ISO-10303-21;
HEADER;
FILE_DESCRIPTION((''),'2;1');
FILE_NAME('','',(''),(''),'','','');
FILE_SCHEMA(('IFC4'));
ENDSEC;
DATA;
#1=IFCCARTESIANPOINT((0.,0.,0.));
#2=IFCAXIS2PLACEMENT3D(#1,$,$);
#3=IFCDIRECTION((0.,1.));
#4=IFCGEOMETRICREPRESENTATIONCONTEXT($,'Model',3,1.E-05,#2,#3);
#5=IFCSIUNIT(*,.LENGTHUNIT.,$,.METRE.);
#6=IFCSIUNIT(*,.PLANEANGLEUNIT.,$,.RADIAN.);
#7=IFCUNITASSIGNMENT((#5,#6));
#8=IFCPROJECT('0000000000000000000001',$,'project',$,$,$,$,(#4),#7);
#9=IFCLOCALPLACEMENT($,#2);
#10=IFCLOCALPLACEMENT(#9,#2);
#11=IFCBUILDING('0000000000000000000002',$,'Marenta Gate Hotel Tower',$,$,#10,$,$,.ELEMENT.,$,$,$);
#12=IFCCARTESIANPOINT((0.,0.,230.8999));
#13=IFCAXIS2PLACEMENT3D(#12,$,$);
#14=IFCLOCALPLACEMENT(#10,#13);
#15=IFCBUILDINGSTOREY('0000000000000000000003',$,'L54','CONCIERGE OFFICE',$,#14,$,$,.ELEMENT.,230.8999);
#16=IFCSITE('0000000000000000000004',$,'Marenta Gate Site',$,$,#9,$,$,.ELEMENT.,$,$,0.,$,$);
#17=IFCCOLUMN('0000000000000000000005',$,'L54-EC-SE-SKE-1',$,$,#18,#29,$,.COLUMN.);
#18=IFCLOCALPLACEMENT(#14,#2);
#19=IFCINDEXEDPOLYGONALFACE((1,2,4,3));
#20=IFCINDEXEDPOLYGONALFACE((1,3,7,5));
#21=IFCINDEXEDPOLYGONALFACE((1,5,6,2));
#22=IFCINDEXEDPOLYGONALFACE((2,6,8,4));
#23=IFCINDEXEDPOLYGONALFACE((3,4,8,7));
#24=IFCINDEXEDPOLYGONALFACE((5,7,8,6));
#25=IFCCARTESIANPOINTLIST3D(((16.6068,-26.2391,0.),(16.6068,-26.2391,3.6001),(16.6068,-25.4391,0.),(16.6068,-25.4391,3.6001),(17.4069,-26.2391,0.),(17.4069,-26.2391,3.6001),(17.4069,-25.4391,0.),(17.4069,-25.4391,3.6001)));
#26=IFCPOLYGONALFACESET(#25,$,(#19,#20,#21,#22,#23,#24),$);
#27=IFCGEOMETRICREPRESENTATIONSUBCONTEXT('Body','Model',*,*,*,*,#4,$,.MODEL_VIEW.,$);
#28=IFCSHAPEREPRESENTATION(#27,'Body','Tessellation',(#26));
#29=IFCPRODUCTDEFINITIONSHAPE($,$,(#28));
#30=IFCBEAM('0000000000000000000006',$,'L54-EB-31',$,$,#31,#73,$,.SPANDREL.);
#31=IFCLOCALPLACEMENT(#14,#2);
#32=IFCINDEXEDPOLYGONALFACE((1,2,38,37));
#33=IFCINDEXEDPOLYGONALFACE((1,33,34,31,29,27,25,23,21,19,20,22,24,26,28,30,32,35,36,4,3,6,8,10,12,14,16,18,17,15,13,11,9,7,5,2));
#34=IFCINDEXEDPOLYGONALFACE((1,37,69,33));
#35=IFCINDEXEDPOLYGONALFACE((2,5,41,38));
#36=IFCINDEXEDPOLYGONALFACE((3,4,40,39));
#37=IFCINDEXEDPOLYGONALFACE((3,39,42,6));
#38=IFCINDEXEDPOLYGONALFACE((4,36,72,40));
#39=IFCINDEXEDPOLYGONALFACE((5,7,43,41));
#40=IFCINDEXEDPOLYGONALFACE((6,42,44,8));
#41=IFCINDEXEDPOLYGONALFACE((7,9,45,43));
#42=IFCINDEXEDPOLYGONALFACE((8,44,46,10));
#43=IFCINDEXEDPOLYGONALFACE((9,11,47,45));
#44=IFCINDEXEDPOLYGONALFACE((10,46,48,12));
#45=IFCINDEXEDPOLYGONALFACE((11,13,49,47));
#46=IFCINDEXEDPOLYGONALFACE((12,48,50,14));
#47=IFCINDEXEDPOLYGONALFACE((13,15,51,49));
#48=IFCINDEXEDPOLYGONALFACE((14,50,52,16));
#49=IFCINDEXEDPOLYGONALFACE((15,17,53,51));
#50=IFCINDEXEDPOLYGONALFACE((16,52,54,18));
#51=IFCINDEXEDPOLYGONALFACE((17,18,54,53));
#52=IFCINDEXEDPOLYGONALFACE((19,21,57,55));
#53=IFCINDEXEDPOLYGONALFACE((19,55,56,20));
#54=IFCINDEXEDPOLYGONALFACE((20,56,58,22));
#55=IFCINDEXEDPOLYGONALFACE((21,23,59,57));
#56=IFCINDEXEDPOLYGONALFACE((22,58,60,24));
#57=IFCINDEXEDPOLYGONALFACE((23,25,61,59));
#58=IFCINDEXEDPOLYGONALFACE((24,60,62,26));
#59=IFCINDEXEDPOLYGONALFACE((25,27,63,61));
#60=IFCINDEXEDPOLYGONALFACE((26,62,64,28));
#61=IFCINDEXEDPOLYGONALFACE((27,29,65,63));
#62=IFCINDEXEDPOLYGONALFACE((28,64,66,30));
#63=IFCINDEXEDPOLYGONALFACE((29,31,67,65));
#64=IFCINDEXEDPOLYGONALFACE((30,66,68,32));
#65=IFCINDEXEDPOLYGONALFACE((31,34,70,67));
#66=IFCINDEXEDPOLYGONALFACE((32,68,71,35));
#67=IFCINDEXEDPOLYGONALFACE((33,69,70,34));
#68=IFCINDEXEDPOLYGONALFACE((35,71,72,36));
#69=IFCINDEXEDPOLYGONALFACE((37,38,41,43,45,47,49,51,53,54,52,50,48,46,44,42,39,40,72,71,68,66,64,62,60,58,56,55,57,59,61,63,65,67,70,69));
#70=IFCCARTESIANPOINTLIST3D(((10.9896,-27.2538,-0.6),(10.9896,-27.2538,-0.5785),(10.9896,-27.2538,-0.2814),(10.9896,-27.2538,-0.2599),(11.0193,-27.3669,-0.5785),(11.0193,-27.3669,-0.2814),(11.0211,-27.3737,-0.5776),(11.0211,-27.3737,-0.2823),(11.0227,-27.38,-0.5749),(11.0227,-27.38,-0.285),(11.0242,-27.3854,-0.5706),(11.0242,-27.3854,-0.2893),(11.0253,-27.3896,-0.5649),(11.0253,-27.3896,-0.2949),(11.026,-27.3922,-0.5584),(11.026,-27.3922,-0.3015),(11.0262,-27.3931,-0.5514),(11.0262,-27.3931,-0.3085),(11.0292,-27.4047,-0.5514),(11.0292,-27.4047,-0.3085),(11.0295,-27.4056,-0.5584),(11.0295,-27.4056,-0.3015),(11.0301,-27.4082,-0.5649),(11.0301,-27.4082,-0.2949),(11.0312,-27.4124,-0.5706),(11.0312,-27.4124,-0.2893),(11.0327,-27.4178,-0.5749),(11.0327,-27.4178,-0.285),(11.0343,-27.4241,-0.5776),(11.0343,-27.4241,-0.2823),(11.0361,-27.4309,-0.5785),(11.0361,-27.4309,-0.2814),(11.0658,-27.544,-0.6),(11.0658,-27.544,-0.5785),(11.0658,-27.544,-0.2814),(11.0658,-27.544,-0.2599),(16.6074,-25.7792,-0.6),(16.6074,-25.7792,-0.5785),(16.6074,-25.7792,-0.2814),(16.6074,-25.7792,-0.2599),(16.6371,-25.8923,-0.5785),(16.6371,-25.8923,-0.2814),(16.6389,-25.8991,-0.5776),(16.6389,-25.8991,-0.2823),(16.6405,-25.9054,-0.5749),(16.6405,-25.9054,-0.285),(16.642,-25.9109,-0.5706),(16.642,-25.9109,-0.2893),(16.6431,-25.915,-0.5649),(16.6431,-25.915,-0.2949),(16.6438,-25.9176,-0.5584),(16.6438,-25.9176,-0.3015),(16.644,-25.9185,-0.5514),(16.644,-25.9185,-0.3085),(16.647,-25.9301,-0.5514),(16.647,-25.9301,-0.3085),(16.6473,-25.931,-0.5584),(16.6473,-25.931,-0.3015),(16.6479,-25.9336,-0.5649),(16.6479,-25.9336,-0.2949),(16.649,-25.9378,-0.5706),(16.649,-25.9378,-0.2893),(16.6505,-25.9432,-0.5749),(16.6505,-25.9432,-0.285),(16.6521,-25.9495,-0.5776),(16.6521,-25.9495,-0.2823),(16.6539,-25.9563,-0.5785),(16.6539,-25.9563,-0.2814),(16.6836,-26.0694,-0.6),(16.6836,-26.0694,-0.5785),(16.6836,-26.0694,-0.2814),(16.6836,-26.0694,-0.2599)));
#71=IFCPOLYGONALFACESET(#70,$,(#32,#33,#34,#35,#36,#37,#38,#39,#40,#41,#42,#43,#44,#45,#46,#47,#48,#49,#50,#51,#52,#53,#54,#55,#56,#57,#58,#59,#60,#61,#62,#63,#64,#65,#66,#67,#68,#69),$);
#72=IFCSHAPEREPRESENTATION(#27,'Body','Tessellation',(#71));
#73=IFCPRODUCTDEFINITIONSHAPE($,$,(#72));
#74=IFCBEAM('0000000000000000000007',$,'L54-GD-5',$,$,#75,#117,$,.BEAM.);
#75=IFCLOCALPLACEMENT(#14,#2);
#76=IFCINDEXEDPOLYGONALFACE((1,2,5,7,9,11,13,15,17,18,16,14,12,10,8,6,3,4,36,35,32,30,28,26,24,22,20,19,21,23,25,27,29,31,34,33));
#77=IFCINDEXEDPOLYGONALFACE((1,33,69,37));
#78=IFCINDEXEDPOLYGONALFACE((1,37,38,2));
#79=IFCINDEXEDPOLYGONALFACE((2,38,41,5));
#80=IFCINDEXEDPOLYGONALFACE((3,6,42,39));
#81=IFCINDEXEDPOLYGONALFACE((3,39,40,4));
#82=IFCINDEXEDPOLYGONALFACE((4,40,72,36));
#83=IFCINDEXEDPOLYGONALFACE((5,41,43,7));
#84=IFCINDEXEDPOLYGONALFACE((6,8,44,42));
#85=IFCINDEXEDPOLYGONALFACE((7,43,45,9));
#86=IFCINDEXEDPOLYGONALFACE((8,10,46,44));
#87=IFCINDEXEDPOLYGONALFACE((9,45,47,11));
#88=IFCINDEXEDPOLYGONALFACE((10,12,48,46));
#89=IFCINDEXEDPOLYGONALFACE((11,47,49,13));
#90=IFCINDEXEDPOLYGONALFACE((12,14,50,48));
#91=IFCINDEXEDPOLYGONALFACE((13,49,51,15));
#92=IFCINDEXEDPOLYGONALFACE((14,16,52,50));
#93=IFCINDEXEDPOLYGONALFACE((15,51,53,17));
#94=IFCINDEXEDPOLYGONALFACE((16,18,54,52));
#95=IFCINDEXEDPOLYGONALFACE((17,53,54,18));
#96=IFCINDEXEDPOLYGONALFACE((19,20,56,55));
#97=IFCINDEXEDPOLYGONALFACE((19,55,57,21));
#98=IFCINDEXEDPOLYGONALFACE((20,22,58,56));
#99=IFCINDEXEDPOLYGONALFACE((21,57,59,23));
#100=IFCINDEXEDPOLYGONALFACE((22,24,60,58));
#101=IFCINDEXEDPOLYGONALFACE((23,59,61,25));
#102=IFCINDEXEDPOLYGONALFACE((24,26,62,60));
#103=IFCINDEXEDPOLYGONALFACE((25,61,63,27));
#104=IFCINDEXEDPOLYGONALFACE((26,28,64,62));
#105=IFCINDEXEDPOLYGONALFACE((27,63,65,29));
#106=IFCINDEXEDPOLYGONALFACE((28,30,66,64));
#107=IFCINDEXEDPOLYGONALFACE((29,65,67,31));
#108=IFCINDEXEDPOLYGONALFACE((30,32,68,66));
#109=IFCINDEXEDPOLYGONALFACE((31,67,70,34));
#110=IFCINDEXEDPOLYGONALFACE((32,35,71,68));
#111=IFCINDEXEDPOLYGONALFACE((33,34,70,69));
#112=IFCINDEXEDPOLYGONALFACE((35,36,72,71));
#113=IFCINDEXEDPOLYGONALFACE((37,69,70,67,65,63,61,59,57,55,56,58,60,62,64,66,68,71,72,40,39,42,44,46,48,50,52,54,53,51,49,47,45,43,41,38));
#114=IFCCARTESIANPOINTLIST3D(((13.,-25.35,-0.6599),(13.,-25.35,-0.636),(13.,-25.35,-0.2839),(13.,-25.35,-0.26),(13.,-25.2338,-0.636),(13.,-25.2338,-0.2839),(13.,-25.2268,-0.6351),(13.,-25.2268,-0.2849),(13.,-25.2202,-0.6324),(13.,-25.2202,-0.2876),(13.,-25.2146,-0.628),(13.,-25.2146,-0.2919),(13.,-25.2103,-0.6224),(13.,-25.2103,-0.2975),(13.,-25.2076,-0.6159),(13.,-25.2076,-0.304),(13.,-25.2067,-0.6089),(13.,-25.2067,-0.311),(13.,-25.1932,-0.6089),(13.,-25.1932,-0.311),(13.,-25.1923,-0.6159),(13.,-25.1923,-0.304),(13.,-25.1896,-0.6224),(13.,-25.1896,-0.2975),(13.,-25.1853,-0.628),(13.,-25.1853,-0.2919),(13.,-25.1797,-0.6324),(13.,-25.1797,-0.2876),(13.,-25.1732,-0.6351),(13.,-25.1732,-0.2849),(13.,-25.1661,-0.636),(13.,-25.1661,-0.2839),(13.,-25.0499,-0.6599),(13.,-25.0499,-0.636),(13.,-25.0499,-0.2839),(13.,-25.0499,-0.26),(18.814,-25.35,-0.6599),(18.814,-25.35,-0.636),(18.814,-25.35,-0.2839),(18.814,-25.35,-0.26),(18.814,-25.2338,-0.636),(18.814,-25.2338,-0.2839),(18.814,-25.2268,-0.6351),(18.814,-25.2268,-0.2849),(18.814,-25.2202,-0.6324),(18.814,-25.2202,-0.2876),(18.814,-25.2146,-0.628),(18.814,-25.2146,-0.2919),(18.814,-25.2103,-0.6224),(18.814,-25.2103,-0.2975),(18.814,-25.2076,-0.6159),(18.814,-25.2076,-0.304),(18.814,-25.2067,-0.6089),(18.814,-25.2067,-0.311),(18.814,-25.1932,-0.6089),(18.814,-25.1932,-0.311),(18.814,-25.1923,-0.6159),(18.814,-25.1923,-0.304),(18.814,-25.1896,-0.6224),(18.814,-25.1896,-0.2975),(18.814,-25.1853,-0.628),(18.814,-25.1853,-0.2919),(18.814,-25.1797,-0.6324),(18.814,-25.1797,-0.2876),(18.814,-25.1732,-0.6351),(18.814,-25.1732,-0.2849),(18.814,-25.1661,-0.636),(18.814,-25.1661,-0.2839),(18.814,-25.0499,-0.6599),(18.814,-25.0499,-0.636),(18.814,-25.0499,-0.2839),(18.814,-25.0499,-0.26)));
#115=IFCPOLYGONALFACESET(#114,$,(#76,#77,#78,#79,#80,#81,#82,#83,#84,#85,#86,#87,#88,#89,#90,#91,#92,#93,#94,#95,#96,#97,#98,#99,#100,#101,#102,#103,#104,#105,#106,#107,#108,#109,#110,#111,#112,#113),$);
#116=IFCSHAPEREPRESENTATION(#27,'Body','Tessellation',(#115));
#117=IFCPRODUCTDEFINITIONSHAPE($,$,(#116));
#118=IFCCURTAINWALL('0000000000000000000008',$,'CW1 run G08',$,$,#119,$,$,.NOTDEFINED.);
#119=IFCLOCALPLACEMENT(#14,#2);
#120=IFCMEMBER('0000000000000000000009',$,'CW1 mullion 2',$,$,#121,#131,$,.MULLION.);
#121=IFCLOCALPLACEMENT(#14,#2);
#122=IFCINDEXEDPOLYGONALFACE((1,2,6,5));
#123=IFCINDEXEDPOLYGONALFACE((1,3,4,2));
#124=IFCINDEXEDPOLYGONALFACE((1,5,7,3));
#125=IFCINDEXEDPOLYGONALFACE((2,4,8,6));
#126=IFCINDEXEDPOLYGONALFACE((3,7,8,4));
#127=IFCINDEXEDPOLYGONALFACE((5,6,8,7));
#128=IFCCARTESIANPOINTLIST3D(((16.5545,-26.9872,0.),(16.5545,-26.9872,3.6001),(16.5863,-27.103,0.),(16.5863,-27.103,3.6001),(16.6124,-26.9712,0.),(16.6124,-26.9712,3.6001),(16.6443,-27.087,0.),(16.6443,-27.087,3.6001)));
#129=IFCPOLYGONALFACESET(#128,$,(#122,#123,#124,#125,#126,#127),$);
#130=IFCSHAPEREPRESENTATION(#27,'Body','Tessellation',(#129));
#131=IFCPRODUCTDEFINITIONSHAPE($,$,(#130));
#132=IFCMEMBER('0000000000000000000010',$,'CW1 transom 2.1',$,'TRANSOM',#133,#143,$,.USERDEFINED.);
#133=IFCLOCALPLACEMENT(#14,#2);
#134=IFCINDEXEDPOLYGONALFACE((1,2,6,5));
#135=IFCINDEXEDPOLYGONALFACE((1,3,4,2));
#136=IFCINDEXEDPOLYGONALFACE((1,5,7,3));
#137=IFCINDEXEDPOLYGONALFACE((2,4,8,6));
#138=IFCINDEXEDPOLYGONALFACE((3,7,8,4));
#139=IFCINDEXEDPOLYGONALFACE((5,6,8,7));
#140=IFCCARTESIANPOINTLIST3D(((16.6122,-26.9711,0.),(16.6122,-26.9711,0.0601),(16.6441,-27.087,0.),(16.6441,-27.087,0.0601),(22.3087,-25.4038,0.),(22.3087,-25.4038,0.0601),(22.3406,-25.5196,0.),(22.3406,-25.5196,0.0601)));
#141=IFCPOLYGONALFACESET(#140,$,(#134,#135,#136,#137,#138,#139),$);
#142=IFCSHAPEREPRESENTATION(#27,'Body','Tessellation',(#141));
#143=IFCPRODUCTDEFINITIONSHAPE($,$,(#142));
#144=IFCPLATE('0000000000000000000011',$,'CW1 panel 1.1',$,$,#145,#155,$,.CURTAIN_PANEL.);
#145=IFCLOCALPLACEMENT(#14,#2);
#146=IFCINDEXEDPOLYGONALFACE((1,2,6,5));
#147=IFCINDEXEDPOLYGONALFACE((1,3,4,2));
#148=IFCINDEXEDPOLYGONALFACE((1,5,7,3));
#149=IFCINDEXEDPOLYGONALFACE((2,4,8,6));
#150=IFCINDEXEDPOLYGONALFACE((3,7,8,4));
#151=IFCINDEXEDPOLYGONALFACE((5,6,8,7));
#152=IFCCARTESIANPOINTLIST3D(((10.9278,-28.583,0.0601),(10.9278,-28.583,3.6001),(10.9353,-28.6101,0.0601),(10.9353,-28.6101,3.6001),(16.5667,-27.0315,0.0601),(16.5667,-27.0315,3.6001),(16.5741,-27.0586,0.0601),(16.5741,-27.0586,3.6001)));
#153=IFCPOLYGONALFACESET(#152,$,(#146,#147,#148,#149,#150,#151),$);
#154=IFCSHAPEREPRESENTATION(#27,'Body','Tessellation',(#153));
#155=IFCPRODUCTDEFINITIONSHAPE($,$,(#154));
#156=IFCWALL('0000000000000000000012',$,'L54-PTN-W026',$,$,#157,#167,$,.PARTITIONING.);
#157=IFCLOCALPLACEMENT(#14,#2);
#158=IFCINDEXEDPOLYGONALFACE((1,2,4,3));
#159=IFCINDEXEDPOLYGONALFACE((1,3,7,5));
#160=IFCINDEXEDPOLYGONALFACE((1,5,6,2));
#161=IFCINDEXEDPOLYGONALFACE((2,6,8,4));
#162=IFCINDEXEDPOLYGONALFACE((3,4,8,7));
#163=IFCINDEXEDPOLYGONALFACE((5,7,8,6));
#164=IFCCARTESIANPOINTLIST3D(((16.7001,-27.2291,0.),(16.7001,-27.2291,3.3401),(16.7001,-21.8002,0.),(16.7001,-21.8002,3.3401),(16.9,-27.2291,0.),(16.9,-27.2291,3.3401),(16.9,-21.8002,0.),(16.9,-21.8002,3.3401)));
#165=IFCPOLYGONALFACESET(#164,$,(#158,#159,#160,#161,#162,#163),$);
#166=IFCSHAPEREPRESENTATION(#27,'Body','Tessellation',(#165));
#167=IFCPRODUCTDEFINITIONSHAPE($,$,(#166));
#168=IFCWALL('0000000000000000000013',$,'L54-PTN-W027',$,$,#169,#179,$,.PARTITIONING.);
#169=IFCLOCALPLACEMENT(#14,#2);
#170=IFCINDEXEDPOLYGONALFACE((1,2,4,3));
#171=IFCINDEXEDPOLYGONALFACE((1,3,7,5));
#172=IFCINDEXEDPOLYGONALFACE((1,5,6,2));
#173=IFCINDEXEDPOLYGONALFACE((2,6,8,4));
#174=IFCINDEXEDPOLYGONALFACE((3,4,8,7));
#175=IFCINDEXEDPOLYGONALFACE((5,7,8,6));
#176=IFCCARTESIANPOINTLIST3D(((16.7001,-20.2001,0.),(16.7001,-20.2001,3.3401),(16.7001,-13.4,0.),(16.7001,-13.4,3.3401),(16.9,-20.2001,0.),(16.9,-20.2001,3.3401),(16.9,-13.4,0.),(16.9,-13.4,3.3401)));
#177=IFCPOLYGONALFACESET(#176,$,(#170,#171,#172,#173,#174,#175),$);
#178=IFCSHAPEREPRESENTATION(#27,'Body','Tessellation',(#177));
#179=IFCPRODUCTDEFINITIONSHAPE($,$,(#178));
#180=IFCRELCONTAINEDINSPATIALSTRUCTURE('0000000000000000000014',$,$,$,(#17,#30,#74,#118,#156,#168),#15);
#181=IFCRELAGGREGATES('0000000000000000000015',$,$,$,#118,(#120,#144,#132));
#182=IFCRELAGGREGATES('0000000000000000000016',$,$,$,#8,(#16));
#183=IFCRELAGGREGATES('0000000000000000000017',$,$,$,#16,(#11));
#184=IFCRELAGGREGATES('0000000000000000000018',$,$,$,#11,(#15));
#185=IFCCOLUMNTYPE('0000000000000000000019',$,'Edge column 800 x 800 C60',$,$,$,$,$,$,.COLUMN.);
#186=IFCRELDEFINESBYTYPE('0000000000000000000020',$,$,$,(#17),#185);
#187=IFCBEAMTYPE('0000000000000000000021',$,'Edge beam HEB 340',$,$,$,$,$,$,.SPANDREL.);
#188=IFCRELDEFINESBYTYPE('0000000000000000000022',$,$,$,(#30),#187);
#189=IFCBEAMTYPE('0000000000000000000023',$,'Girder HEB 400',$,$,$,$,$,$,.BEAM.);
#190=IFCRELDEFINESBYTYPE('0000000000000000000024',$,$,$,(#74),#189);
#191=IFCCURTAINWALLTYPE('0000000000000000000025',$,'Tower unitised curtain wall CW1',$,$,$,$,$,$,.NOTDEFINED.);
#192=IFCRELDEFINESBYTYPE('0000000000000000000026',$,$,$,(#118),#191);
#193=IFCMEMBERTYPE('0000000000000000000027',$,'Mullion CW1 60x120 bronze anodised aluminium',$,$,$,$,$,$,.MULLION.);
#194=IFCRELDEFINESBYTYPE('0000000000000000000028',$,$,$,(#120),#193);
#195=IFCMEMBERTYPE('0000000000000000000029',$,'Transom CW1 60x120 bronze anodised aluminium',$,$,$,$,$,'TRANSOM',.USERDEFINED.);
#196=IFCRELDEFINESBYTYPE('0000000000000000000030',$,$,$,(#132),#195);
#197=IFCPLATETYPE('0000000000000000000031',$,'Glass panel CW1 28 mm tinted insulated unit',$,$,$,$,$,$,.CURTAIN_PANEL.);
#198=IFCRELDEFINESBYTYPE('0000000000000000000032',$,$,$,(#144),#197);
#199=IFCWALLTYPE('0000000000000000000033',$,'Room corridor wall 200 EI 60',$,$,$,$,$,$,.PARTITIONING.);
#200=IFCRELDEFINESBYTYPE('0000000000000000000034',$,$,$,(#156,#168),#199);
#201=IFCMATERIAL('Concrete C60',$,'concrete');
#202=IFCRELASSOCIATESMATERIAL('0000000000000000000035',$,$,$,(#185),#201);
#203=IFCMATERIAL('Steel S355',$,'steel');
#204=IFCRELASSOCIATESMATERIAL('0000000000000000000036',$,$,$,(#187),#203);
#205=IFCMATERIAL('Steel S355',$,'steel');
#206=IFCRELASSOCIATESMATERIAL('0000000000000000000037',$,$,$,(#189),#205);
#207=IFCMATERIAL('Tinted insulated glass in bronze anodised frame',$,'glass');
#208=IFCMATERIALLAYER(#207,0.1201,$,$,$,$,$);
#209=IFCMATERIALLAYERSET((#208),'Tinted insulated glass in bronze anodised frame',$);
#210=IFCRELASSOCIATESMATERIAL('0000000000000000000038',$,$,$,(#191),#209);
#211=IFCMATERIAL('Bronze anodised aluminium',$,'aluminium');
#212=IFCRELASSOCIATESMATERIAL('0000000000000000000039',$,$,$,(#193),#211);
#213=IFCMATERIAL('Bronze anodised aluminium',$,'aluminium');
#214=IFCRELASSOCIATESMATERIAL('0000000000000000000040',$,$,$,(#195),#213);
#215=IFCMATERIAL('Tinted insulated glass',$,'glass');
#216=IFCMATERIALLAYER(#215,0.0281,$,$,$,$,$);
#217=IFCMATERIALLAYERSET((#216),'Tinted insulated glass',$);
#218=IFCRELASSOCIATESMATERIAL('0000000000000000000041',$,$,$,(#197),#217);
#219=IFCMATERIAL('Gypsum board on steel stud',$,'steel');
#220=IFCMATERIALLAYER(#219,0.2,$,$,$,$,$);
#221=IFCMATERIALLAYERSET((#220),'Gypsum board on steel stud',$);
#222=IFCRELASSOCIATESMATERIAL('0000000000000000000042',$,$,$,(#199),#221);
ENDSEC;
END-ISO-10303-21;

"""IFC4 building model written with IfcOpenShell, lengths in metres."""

from ifc_helpers import new_model, si_unit, direction, frame, frame_2d, origin, origin_2d, place, context, subcontext, project, spatial, rectangle, i_section, extrude, material, layer, layer_set, material_profile, profile_set, type_object, element, aggregate, save


model = new_model("IFC4")

# Units and contexts
model_context = context("Model", 3, precision=1e-05, world=origin(), true_north=direction((0.0, 1.0)))
body_context = subcontext(model_context, "Body", "Model", "MODEL_VIEW")
ifc_project = project(units=[si_unit("LENGTHUNIT", "METRE"), si_unit("PLANEANGLEUNIT", "RADIAN")], contexts=[model_context])

# Site, building, storey
site_placement = place(None, origin())
site = spatial("IfcSite", under=ifc_project, at=site_placement, Name="Marenta Gate Site", CompositionType="ELEMENT", RefElevation=0.0)
building_placement = place(site_placement, origin())
building = spatial("IfcBuilding", under=site, at=building_placement, Name="Marenta Gate Hotel Tower", CompositionType="ELEMENT")
storey_placement = place(building_placement, frame((0.0, 0.0, 230.8999)))
storey = spatial("IfcBuildingStorey", under=building, at=storey_placement, Name="L54", Description="CONCIERGE OFFICE", CompositionType="ELEMENT", Elevation=230.8999)

# Column
ifc_material_1 = material(Name="Concrete C60", Category="concrete")
ifc_material_profile_1 = material_profile(ifc_material_1, rectangle(XDim=0.8, YDim=0.8, at=origin_2d()), Name="800 x 800")
ifc_profile_set_1 = profile_set([ifc_material_profile_1], Name="Concrete C60")
column_type = type_object("IfcColumnType", Name="Edge column 800 x 800 C60", PredefinedType="COLUMN", material=ifc_profile_set_1)
column_placement = place(storey_placement, frame((17.0068, -25.8391, 0.0), z_axis=(0.0, 0.0, 1.0), x_axis=(1.0, 0.0, 0.0)))
element("IfcColumn", 1, at=column_placement, inside=storey, type_object=column_type, Name="L54-EC-SE-SKE-1", PredefinedType="COLUMN", context=body_context, shape_type="SweptSolid", body=[
    extrude(rectangle(XDim=0.8, YDim=0.8, at=origin_2d()), origin(), (0.0, 0.0, 1.0), 3.6001),
])

# Beams
ifc_material_2 = material(Name="Steel S355", Category="steel")
ifc_material_profile_2 = material_profile(ifc_material_2, i_section(OverallWidth=0.3, OverallDepth=0.3401, WebThickness=0.012, FlangeThickness=0.0215, FilletRadius=0.0271, at=origin_2d()), Name="HEB 340")
ifc_profile_set_2 = profile_set([ifc_material_profile_2], Name="Steel S355")
beam_type_1 = type_object("IfcBeamType", Name="Edge beam HEB 340", PredefinedType="SPANDREL", material=ifc_profile_set_2)
beam_1_placement = place(storey_placement, frame((16.6455, -25.9243, -0.4299), z_axis=(-0.967235, -0.253883, 0.0), x_axis=(0.253883, -0.967235, 0.0)))
element("IfcBeam", 2, at=beam_1_placement, inside=storey, type_object=beam_type_1, Name="L54-EB-31", PredefinedType="SPANDREL", context=body_context, shape_type="SweptSolid", body=[
    extrude(i_section(OverallWidth=0.3, OverallDepth=0.3401, WebThickness=0.012, FlangeThickness=0.0215, FilletRadius=0.0271, at=origin_2d()), origin(), (0.0, 0.0, 1.0), 5.8081),
])
ifc_material_3 = material(Name="Steel S355", Category="steel")
ifc_material_profile_3 = material_profile(ifc_material_3, i_section(OverallWidth=0.3, OverallDepth=0.3999, WebThickness=0.0134, FlangeThickness=0.0239, FilletRadius=0.0271, at=origin_2d()), Name="HEB 400")
ifc_profile_set_3 = profile_set([ifc_material_profile_3], Name="Steel S355")
beam_type_2 = type_object("IfcBeamType", Name="Girder HEB 400", PredefinedType="BEAM", material=ifc_profile_set_3)
beam_2_placement = place(storey_placement, frame((13.0, -25.2, -0.46), z_axis=(1.0, 0.0, 0.0), x_axis=(0.0, 1.0, 0.0)))
element("IfcBeam", 3, at=beam_2_placement, inside=storey, type_object=beam_type_2, Name="L54-GD-5", PredefinedType="BEAM", context=body_context, shape_type="SweptSolid", body=[
    extrude(i_section(OverallWidth=0.3, OverallDepth=0.3999, WebThickness=0.0134, FlangeThickness=0.0239, FilletRadius=0.0271, at=origin_2d()), origin(), (0.0, 0.0, 1.0), 5.814),
])

# Curtain wall, members, plate
ifc_material_4 = material(Name="Tinted insulated glass in bronze anodised frame", Category="glass")
ifc_layer_1 = layer(ifc_material_4, 0.1201)
ifc_layer_set_1 = layer_set([ifc_layer_1], Name="Tinted insulated glass in bronze anodised frame")
curtain_wall_type = type_object("IfcCurtainWallType", Name="Tower unitised curtain wall CW1", PredefinedType="NOTDEFINED", material=ifc_layer_set_1)
curtain_wall_placement = place(storey_placement, origin())
curtain_wall = element("IfcCurtainWall", 4, at=curtain_wall_placement, inside=storey, type_object=curtain_wall_type, Name="CW1 run G08", PredefinedType="NOTDEFINED")
ifc_material_5 = material(Name="Bronze anodised aluminium", Category="aluminium")
ifc_material_profile_4 = material_profile(ifc_material_5, rectangle(XDim=0.1201, YDim=0.0601, at=origin_2d()), Name="Mullion CW1 60x120 bronze anodised aluminium")
ifc_profile_set_4 = profile_set([ifc_material_profile_4], Name="Bronze anodised aluminium")
member_type_1 = type_object("IfcMemberType", Name="Mullion CW1 60x120 bronze anodised aluminium", PredefinedType="MULLION", material=ifc_profile_set_4)
member_1_placement = place(storey_placement, frame((16.5994, -27.0371, 0.0), z_axis=(0.0, 0.0, 1.0), x_axis=(-0.265293, 0.964168, 0.0)))
member_1 = element("IfcMember", 5, at=member_1_placement, type_object=member_type_1, Name="CW1 mullion 2", PredefinedType="MULLION", context=body_context, shape_type="SweptSolid", body=[
    extrude(rectangle(XDim=0.1201, YDim=0.0601, at=origin_2d()), origin(), (0.0, 0.0, 1.0), 3.6001),
])
ifc_material_6 = material(Name="Bronze anodised aluminium", Category="aluminium")
ifc_material_profile_5 = material_profile(ifc_material_6, rectangle(XDim=0.1201, YDim=0.0601, at=origin_2d()), Name="Transom CW1 60x120 bronze anodised aluminium")
ifc_profile_set_5 = profile_set([ifc_material_profile_5], Name="Bronze anodised aluminium")
member_type_2 = type_object("IfcMemberType", Name="Transom CW1 60x120 bronze anodised aluminium", ElementType="TRANSOM", PredefinedType="USERDEFINED", material=ifc_profile_set_5)
member_2_placement = place(storey_placement, frame((16.6282, -27.0291, 0.03), z_axis=(0.964169, 0.265288, 0.0), x_axis=(-0.265288, 0.964169, 0.0)))
member_2 = element("IfcMember", 6, at=member_2_placement, type_object=member_type_2, Name="CW1 transom 2.1", ObjectType="TRANSOM", PredefinedType="USERDEFINED", context=body_context, shape_type="SweptSolid", body=[
    extrude(rectangle(XDim=0.1201, YDim=0.0601, at=origin_2d()), origin(), (0.0, 0.0, 1.0), 5.9082),
])
ifc_material_7 = material(Name="Tinted insulated glass", Category="glass")
ifc_layer_2 = layer(ifc_material_7, 0.0281)
ifc_layer_set_2 = layer_set([ifc_layer_2], Name="Tinted insulated glass")
plate_type = type_object("IfcPlateType", Name="Glass panel CW1 28 mm tinted insulated unit", PredefinedType="CURTAIN_PANEL", material=ifc_layer_set_2)
plate_placement = place(storey_placement, frame((13.751, -27.8208, 0.0601), z_axis=(0.0, 0.0, 1.0), x_axis=(0.964168, 0.265293, 0.0)))
plate = element("IfcPlate", 7, at=plate_placement, type_object=plate_type, Name="CW1 panel 1.1", PredefinedType="CURTAIN_PANEL", context=body_context, shape_type="SweptSolid", body=[
    extrude(rectangle(XDim=5.8484, YDim=0.0281, at=origin_2d()), origin(), (0.0, 0.0, 1.0), 3.54),
])
aggregate(curtain_wall, [member_1, plate, member_2])

# Shared definitions
ifc_material_8 = material(Name="Gypsum board on steel stud", Category="steel")
ifc_layer_3 = layer(ifc_material_8, 0.2)
ifc_layer_set_3 = layer_set([ifc_layer_3], Name="Gypsum board on steel stud")
wall_type_1 = type_object("IfcWallType", Name="Room corridor wall 200 EI 60", PredefinedType="PARTITIONING", material=ifc_layer_set_3)

# Walls
wall_1_placement = place(storey_placement, frame((16.8, -27.229, 0.0), z_axis=(0.0, 0.0, 1.0), x_axis=(0.0, 1.0, 0.0)))
element("IfcWall", 8, at=wall_1_placement, inside=storey, type_object=wall_type_1, Name="L54-PTN-W026", PredefinedType="PARTITIONING", context=body_context, shape_type="SweptSolid", body=[
    extrude(rectangle(XDim=5.429, YDim=0.2, at=frame_2d((2.7144, 0.0))), origin(), (0.0, 0.0, 1.0), 3.3401),
])
wall_2_placement = place(storey_placement, frame((16.8, -20.2, 0.0), z_axis=(0.0, 0.0, 1.0), x_axis=(0.0, 1.0, 0.0)))
element("IfcWall", 9, at=wall_2_placement, inside=storey, type_object=wall_type_1, Name="L54-PTN-W027", PredefinedType="PARTITIONING", context=body_context, shape_type="SweptSolid", body=[
    extrude(rectangle(XDim=6.8, YDim=0.2, at=frame_2d((3.3999, 0.0))), origin(), (0.0, 0.0, 1.0), 3.3401),
])

save(model, "model.ifc")
